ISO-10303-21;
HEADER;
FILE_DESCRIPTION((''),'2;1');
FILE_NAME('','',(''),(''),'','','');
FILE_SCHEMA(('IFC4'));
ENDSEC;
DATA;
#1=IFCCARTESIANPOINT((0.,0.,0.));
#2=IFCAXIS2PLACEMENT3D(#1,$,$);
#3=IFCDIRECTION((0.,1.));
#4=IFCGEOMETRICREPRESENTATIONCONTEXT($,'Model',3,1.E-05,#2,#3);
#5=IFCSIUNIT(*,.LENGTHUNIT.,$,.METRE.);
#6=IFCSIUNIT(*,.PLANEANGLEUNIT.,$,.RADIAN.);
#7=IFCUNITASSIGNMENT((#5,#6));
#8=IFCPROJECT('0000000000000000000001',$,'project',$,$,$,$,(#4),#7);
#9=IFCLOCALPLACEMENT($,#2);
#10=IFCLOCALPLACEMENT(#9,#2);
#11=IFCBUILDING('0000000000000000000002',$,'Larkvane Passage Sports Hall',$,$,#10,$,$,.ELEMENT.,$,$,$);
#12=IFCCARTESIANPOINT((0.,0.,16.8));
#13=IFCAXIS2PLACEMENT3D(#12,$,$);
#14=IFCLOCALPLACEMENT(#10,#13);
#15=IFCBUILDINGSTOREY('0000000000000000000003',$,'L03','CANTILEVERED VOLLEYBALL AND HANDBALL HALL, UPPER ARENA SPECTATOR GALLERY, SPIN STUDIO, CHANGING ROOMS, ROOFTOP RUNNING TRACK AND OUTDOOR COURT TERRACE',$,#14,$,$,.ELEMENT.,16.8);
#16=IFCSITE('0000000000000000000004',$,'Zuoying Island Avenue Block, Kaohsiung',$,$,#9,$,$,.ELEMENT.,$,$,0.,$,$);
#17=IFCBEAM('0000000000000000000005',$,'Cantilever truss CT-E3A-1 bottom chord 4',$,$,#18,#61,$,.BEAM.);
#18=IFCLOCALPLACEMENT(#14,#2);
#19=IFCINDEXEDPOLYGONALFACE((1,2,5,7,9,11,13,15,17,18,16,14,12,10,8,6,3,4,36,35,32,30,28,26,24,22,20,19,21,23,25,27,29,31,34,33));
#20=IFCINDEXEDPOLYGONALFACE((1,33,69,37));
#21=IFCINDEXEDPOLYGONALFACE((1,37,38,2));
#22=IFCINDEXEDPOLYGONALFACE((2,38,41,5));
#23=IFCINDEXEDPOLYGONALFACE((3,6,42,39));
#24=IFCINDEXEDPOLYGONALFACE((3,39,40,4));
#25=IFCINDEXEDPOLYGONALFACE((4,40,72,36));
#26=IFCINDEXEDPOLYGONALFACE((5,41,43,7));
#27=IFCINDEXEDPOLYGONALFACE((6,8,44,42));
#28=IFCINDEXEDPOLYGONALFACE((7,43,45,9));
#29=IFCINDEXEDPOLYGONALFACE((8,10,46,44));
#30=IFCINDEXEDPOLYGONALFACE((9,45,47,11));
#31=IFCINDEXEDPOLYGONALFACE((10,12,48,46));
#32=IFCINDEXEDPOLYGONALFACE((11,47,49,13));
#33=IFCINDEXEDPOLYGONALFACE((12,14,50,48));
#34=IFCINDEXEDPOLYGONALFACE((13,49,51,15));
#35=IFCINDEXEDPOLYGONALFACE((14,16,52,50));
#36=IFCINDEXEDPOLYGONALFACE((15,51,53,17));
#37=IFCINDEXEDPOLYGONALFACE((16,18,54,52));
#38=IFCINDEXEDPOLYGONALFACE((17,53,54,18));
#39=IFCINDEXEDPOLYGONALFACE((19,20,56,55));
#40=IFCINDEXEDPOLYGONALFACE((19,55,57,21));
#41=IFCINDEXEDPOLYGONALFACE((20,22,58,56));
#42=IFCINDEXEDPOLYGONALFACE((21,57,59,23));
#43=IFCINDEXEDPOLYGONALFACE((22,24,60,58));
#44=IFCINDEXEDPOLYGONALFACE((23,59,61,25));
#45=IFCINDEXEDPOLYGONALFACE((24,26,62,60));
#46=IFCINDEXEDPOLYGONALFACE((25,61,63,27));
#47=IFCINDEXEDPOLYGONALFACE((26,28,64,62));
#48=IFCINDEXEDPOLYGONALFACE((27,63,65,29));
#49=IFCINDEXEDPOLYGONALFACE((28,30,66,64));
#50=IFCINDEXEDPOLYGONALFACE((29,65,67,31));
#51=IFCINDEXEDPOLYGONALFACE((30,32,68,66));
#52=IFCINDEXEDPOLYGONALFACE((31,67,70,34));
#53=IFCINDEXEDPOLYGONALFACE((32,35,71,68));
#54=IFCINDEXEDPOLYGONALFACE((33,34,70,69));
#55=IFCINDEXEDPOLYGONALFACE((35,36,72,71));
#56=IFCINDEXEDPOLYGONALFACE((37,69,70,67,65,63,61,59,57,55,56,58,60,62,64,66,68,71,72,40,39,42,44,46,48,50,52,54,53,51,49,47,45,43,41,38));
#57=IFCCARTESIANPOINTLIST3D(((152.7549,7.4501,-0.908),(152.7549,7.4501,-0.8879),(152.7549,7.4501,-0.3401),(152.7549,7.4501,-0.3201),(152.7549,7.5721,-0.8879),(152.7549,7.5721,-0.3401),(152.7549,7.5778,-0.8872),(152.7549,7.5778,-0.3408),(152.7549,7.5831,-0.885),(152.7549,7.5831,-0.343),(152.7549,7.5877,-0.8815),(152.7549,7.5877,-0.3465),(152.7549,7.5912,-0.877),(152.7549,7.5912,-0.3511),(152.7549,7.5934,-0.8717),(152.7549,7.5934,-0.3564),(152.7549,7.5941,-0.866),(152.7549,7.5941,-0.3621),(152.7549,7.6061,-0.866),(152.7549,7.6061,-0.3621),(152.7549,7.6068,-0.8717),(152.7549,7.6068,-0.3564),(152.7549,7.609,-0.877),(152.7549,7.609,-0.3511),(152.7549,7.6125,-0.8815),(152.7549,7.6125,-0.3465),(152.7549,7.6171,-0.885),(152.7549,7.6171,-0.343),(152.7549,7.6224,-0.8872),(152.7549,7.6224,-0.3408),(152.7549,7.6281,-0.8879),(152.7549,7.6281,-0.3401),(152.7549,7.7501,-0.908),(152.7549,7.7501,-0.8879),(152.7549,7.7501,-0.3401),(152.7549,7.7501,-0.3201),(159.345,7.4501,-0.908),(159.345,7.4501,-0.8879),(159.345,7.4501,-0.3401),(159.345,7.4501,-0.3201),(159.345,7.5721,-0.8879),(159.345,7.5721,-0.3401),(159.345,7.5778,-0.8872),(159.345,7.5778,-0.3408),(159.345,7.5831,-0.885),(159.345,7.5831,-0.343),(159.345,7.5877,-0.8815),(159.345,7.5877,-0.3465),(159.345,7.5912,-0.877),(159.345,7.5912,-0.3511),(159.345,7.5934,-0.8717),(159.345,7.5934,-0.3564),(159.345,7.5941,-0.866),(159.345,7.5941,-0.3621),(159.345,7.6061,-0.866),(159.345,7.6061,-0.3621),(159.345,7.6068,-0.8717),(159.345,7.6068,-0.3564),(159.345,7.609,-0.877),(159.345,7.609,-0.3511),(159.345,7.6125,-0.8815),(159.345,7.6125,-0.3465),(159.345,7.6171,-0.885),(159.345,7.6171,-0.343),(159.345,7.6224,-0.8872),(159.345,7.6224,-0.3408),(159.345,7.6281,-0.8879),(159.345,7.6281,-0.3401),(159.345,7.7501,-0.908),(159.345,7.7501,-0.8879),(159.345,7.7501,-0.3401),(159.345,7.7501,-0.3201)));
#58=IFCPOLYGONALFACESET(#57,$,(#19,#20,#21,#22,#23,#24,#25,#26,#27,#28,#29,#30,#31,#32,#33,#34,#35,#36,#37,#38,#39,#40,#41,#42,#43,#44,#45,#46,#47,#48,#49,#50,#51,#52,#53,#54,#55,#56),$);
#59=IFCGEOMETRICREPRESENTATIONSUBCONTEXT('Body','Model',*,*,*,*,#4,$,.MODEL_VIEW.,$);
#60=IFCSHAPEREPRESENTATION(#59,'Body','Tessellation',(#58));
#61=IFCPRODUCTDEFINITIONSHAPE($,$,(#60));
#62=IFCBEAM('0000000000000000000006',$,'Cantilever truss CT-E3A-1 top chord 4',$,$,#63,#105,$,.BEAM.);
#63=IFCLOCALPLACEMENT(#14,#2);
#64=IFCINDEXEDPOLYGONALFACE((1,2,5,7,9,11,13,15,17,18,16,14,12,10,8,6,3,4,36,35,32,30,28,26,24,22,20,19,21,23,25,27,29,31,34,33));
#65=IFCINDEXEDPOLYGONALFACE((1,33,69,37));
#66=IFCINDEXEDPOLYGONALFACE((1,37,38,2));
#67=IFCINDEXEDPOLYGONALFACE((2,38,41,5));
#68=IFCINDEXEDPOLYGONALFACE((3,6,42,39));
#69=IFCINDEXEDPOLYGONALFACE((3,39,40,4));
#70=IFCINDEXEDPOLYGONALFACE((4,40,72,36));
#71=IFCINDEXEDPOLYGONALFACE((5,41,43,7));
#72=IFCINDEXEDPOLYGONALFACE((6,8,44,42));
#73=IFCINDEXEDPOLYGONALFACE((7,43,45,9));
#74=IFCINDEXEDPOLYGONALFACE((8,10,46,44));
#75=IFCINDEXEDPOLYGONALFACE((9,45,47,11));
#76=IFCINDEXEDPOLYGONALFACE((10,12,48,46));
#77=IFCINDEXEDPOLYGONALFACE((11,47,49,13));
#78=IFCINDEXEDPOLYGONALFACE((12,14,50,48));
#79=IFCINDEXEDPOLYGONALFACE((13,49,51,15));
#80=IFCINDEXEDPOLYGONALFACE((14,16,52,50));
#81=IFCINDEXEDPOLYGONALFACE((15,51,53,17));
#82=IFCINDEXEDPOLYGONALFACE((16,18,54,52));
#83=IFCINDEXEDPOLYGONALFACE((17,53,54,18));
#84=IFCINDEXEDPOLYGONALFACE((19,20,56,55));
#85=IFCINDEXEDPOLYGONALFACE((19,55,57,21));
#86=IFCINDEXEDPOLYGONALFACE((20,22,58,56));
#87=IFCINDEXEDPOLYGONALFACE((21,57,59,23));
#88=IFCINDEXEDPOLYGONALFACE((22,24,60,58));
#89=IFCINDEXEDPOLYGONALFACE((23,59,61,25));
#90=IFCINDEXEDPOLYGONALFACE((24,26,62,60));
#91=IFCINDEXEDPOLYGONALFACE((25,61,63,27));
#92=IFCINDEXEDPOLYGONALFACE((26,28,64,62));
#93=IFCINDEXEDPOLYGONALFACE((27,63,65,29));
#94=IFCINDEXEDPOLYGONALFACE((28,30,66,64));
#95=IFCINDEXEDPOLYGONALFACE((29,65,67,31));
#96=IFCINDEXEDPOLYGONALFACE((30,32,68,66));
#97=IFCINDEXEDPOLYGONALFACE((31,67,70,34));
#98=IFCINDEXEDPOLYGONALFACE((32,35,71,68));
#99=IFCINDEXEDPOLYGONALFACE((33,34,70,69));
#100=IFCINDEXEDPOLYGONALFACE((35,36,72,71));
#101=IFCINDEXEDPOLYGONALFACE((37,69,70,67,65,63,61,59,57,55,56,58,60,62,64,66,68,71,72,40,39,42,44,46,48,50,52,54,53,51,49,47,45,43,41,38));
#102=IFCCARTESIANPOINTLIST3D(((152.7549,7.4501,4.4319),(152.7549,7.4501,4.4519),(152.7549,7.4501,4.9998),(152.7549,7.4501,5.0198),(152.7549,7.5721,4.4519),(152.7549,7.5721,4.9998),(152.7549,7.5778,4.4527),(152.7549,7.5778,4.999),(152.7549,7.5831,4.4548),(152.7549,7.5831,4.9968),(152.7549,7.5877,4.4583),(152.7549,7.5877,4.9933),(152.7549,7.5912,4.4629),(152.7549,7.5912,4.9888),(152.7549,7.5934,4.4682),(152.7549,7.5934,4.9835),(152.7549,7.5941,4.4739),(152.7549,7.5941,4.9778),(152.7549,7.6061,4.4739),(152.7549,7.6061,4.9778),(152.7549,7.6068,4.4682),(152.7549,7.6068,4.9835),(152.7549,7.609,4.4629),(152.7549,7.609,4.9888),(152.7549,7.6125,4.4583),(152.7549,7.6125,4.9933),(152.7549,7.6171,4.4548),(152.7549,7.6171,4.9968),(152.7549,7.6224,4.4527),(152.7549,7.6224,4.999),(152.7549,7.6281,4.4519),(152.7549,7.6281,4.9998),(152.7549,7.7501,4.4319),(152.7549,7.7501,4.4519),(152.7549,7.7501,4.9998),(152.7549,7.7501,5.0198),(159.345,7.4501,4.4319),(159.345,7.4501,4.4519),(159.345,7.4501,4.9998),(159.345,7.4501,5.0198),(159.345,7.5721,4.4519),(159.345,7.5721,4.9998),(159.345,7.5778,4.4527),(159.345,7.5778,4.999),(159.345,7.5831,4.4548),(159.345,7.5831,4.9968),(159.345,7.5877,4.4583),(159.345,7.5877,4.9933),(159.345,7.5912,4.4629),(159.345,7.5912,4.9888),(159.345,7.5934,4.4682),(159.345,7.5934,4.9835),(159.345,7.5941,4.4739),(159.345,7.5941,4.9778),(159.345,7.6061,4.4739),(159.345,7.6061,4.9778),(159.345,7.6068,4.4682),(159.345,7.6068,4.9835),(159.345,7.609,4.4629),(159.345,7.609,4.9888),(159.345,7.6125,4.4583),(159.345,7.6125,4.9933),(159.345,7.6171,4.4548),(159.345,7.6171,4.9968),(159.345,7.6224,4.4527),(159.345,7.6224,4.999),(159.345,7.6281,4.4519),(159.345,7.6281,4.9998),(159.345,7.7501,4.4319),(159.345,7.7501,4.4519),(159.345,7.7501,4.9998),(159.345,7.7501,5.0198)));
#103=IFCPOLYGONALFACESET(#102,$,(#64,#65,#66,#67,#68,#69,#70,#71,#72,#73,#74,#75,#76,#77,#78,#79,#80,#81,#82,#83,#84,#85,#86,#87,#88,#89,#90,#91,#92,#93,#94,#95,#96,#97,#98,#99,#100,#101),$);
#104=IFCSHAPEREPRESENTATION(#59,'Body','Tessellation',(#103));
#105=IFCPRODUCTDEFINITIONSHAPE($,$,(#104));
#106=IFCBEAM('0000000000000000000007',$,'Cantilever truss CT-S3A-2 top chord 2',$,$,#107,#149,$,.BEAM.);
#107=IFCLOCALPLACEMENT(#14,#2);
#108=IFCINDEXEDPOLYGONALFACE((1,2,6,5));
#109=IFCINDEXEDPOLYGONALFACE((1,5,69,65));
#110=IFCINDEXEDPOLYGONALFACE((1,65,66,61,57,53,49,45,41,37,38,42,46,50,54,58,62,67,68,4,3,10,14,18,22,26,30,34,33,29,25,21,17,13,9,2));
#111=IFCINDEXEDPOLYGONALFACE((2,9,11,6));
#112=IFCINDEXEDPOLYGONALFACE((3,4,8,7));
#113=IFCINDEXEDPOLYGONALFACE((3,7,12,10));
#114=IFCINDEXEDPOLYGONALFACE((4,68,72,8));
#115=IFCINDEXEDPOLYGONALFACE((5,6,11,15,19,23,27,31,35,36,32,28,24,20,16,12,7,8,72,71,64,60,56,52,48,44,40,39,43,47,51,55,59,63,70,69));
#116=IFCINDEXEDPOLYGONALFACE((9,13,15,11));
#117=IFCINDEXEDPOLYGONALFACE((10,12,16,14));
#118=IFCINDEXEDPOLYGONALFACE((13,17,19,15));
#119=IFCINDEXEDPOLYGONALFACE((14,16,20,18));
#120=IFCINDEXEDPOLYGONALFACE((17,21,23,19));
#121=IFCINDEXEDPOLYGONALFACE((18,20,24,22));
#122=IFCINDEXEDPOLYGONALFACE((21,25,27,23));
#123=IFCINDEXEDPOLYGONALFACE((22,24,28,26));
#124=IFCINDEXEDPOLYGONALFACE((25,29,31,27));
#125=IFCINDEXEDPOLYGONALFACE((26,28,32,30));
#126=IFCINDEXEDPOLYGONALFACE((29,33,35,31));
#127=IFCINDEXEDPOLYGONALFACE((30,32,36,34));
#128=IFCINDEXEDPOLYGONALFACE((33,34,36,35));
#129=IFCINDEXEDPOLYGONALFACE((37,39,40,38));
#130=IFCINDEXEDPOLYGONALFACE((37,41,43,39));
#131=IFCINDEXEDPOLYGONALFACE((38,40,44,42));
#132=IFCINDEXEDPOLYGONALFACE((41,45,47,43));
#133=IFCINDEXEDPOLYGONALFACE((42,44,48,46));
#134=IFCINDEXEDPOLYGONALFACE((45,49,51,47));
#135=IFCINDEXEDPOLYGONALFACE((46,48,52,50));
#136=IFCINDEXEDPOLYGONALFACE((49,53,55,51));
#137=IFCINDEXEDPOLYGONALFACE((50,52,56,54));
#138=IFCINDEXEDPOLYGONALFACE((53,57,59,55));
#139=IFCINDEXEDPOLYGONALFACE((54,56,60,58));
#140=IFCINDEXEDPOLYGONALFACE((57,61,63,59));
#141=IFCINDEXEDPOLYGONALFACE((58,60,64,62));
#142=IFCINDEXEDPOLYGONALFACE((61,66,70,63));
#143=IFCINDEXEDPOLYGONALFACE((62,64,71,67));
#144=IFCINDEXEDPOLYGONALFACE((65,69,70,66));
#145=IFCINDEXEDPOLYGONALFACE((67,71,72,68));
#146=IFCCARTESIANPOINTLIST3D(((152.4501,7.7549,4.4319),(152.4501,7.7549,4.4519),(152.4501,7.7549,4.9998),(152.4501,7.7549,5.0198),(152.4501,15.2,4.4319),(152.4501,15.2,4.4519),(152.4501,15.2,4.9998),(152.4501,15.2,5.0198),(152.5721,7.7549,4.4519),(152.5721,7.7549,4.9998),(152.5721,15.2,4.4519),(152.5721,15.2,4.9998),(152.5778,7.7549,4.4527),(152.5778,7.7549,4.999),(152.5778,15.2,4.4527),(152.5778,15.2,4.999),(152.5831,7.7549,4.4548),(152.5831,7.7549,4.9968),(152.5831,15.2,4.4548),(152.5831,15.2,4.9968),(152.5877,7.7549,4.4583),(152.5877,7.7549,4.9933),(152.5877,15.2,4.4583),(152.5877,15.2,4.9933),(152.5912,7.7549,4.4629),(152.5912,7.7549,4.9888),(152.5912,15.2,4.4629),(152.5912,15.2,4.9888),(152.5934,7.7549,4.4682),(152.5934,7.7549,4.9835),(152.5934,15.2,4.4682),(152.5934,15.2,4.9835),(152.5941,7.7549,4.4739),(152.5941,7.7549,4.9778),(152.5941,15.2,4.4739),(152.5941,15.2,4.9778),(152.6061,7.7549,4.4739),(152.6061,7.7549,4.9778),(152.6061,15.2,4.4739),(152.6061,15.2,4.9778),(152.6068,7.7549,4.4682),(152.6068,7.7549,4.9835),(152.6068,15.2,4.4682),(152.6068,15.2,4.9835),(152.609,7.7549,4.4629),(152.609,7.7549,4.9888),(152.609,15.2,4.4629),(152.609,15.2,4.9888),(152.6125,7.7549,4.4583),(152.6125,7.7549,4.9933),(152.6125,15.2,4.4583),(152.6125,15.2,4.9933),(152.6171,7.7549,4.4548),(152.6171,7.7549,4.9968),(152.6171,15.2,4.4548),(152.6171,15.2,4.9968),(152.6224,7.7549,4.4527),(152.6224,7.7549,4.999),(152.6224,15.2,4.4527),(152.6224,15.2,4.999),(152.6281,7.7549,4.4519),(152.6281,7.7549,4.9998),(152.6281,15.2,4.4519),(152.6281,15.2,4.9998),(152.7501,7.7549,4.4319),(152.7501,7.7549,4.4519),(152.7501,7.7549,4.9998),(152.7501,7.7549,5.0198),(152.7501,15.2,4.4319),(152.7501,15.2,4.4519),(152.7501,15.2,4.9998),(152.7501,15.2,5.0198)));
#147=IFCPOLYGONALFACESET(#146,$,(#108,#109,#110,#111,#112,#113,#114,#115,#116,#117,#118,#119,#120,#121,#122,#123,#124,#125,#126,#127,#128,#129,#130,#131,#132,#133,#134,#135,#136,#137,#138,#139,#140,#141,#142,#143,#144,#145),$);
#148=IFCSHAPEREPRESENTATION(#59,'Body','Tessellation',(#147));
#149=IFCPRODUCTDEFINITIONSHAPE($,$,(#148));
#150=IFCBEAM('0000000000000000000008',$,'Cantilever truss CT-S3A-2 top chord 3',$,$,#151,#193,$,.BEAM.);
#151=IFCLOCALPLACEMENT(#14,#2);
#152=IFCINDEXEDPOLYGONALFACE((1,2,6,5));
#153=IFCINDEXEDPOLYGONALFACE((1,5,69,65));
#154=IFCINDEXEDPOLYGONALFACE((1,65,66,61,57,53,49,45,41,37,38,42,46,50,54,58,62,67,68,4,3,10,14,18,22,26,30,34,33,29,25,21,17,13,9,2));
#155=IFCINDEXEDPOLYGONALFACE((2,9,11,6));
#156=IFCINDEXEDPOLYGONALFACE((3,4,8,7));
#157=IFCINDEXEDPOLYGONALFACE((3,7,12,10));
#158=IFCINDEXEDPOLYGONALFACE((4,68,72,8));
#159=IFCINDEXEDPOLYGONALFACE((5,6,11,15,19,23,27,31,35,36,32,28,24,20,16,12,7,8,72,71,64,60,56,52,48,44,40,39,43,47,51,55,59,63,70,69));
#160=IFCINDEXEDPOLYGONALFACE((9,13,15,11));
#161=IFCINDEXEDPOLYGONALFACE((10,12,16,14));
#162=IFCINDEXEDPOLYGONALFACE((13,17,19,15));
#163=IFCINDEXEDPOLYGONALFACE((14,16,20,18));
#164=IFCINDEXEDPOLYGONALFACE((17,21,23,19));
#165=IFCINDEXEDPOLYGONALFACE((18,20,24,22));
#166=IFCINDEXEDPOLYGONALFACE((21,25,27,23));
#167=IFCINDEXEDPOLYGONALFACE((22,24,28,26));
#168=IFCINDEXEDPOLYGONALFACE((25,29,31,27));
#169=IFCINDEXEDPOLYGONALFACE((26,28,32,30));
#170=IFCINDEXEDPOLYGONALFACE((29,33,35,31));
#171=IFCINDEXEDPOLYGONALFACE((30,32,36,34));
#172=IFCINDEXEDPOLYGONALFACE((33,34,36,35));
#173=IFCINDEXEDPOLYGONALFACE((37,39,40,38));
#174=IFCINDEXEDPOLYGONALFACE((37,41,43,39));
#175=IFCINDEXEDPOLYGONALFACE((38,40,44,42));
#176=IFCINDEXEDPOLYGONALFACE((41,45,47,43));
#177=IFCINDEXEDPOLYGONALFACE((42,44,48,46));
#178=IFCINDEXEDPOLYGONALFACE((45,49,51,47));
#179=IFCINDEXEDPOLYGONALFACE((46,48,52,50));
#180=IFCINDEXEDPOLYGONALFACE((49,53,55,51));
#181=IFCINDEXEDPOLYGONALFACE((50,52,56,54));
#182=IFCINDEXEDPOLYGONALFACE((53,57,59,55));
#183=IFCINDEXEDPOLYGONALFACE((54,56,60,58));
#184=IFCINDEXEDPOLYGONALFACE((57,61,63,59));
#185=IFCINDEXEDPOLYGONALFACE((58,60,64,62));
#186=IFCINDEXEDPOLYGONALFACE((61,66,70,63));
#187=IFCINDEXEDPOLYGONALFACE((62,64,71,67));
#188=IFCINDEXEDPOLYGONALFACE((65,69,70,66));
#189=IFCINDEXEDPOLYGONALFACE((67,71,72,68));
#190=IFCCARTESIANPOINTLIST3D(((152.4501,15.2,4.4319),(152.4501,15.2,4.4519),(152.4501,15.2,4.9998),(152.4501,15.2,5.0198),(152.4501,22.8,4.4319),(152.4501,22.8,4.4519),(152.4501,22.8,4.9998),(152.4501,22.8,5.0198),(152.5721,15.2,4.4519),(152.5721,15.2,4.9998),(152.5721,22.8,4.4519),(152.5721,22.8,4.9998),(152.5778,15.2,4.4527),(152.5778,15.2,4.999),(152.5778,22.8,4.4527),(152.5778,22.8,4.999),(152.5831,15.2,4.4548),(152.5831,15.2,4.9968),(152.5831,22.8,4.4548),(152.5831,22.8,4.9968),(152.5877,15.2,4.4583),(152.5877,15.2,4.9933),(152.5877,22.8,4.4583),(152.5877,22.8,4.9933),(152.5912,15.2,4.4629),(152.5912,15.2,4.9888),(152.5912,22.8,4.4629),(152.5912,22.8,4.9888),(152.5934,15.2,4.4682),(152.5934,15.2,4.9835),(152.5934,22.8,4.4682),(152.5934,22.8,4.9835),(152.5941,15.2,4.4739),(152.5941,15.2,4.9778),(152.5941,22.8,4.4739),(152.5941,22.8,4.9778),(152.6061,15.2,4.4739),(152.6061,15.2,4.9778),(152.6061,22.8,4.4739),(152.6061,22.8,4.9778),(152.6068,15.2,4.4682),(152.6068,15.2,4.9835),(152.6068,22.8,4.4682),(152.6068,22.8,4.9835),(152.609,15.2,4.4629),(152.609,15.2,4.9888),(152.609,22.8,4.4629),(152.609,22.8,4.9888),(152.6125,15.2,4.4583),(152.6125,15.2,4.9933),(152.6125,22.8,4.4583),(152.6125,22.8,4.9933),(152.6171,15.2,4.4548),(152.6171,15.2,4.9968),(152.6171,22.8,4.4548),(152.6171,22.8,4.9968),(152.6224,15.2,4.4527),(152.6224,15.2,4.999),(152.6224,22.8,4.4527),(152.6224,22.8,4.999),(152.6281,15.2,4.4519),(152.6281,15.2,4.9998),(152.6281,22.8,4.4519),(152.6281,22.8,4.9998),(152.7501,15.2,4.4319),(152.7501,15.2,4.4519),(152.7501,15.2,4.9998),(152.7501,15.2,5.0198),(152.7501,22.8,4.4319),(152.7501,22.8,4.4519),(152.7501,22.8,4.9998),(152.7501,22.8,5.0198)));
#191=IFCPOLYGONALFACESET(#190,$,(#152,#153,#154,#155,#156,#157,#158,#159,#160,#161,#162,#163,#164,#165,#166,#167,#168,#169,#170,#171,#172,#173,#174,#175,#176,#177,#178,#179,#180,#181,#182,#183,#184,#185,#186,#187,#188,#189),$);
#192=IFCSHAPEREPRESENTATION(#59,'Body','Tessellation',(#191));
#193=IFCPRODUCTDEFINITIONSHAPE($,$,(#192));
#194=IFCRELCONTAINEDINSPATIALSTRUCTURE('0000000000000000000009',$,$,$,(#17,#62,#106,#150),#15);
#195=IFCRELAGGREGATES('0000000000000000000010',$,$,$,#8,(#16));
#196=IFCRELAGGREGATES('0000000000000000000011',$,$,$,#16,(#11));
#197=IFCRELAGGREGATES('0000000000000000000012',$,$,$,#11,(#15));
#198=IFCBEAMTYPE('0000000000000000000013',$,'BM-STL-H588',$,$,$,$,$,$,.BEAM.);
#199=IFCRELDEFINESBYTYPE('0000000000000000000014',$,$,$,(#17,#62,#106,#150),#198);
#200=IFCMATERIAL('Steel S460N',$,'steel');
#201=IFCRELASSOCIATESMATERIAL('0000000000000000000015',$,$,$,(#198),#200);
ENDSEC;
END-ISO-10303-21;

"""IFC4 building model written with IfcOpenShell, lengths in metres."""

from ifc_helpers import new_model, si_unit, direction, frame, origin, origin_2d, place, context, subcontext, project, spatial, i_section, extrude, material, material_profile, profile_set, type_object, element, save


model = new_model("IFC4")

# Units and contexts
model_context = context("Model", 3, precision=1e-05, world=origin(), true_north=direction((0.0, 1.0)))
body_context = subcontext(model_context, "Body", "Model", "MODEL_VIEW")
ifc_project = project(units=[si_unit("LENGTHUNIT", "METRE"), si_unit("PLANEANGLEUNIT", "RADIAN")], contexts=[model_context])

# Site, building, storey
site_placement = place(None, origin())
site = spatial("IfcSite", under=ifc_project, at=site_placement, Name="Zuoying Island Avenue Block, Kaohsiung", CompositionType="ELEMENT", RefElevation=0.0)
building_placement = place(site_placement, origin())
building = spatial("IfcBuilding", under=site, at=building_placement, Name="Larkvane Passage Sports Hall", CompositionType="ELEMENT")
storey_placement = place(building_placement, frame((0.0, 0.0, 16.8)))
storey = spatial("IfcBuildingStorey", under=building, at=storey_placement, Name="L03", Description="CANTILEVERED VOLLEYBALL AND HANDBALL HALL, UPPER ARENA SPECTATOR GALLERY, SPIN STUDIO, CHANGING ROOMS, ROOFTOP RUNNING TRACK AND OUTDOOR COURT TERRACE", CompositionType="ELEMENT", Elevation=16.8)

# Beams
ifc_material_1 = material(Name="Steel S460N", Category="steel")
ifc_material_profile_1 = material_profile(ifc_material_1, i_section(OverallWidth=0.3, OverallDepth=0.5879, WebThickness=0.012, FlangeThickness=0.02, FilletRadius=0.022, at=origin_2d()), Name="H-588x300x12x20")
ifc_profile_set_1 = profile_set([ifc_material_profile_1], Name="Steel S460N")
beam_type_1 = type_object("IfcBeamType", Name="BM-STL-H588", PredefinedType="BEAM", material=ifc_profile_set_1)
for number, where, z_axis, x_axis, name in (
    (1, (152.7549, 7.6001, -0.614), (1.0, 0.0, 0.0), (0.0, 1.0, 0.0), "Cantilever truss CT-E3A-1 bottom chord 4"),
    (2, (152.7549, 7.6001, 4.7258), (1.0, 0.0, 0.0), (0.0, 1.0, 0.0), "Cantilever truss CT-E3A-1 top chord 4"),
):
    element("IfcBeam", number, at=place(storey_placement, frame(where, z_axis=z_axis, x_axis=x_axis)), inside=storey, type_object=beam_type_1, Name=name, PredefinedType="BEAM", context=body_context, shape_type="SweptSolid", body=[
        extrude(i_section(OverallWidth=0.3, OverallDepth=0.5879, WebThickness=0.012, FlangeThickness=0.02, FilletRadius=0.022, at=origin_2d()), origin(), (0.0, 0.0, 1.0), 6.5901),
    ])
beam_1_placement = place(storey_placement, frame((152.6001, 7.7549, 4.7258), z_axis=(0.0, 1.0, 0.0), x_axis=(-1.0, 0.0, 0.0)))
element("IfcBeam", 3, at=beam_1_placement, inside=storey, type_object=beam_type_1, Name="Cantilever truss CT-S3A-2 top chord 2", PredefinedType="BEAM", context=body_context, shape_type="SweptSolid", body=[
    extrude(i_section(OverallWidth=0.3, OverallDepth=0.5879, WebThickness=0.012, FlangeThickness=0.02, FilletRadius=0.022, at=origin_2d()), origin(), (0.0, 0.0, 1.0), 7.4451),
])
beam_2_placement = place(storey_placement, frame((152.6001, 15.2, 4.7258), z_axis=(0.0, 1.0, 0.0), x_axis=(-1.0, 0.0, 0.0)))
element("IfcBeam", 4, at=beam_2_placement, inside=storey, type_object=beam_type_1, Name="Cantilever truss CT-S3A-2 top chord 3", PredefinedType="BEAM", context=body_context, shape_type="SweptSolid", body=[
    extrude(i_section(OverallWidth=0.3, OverallDepth=0.5879, WebThickness=0.012, FlangeThickness=0.02, FilletRadius=0.022, at=origin_2d()), origin(), (0.0, 0.0, 1.0), 7.6001),
])

save(model, "model.ifc")
